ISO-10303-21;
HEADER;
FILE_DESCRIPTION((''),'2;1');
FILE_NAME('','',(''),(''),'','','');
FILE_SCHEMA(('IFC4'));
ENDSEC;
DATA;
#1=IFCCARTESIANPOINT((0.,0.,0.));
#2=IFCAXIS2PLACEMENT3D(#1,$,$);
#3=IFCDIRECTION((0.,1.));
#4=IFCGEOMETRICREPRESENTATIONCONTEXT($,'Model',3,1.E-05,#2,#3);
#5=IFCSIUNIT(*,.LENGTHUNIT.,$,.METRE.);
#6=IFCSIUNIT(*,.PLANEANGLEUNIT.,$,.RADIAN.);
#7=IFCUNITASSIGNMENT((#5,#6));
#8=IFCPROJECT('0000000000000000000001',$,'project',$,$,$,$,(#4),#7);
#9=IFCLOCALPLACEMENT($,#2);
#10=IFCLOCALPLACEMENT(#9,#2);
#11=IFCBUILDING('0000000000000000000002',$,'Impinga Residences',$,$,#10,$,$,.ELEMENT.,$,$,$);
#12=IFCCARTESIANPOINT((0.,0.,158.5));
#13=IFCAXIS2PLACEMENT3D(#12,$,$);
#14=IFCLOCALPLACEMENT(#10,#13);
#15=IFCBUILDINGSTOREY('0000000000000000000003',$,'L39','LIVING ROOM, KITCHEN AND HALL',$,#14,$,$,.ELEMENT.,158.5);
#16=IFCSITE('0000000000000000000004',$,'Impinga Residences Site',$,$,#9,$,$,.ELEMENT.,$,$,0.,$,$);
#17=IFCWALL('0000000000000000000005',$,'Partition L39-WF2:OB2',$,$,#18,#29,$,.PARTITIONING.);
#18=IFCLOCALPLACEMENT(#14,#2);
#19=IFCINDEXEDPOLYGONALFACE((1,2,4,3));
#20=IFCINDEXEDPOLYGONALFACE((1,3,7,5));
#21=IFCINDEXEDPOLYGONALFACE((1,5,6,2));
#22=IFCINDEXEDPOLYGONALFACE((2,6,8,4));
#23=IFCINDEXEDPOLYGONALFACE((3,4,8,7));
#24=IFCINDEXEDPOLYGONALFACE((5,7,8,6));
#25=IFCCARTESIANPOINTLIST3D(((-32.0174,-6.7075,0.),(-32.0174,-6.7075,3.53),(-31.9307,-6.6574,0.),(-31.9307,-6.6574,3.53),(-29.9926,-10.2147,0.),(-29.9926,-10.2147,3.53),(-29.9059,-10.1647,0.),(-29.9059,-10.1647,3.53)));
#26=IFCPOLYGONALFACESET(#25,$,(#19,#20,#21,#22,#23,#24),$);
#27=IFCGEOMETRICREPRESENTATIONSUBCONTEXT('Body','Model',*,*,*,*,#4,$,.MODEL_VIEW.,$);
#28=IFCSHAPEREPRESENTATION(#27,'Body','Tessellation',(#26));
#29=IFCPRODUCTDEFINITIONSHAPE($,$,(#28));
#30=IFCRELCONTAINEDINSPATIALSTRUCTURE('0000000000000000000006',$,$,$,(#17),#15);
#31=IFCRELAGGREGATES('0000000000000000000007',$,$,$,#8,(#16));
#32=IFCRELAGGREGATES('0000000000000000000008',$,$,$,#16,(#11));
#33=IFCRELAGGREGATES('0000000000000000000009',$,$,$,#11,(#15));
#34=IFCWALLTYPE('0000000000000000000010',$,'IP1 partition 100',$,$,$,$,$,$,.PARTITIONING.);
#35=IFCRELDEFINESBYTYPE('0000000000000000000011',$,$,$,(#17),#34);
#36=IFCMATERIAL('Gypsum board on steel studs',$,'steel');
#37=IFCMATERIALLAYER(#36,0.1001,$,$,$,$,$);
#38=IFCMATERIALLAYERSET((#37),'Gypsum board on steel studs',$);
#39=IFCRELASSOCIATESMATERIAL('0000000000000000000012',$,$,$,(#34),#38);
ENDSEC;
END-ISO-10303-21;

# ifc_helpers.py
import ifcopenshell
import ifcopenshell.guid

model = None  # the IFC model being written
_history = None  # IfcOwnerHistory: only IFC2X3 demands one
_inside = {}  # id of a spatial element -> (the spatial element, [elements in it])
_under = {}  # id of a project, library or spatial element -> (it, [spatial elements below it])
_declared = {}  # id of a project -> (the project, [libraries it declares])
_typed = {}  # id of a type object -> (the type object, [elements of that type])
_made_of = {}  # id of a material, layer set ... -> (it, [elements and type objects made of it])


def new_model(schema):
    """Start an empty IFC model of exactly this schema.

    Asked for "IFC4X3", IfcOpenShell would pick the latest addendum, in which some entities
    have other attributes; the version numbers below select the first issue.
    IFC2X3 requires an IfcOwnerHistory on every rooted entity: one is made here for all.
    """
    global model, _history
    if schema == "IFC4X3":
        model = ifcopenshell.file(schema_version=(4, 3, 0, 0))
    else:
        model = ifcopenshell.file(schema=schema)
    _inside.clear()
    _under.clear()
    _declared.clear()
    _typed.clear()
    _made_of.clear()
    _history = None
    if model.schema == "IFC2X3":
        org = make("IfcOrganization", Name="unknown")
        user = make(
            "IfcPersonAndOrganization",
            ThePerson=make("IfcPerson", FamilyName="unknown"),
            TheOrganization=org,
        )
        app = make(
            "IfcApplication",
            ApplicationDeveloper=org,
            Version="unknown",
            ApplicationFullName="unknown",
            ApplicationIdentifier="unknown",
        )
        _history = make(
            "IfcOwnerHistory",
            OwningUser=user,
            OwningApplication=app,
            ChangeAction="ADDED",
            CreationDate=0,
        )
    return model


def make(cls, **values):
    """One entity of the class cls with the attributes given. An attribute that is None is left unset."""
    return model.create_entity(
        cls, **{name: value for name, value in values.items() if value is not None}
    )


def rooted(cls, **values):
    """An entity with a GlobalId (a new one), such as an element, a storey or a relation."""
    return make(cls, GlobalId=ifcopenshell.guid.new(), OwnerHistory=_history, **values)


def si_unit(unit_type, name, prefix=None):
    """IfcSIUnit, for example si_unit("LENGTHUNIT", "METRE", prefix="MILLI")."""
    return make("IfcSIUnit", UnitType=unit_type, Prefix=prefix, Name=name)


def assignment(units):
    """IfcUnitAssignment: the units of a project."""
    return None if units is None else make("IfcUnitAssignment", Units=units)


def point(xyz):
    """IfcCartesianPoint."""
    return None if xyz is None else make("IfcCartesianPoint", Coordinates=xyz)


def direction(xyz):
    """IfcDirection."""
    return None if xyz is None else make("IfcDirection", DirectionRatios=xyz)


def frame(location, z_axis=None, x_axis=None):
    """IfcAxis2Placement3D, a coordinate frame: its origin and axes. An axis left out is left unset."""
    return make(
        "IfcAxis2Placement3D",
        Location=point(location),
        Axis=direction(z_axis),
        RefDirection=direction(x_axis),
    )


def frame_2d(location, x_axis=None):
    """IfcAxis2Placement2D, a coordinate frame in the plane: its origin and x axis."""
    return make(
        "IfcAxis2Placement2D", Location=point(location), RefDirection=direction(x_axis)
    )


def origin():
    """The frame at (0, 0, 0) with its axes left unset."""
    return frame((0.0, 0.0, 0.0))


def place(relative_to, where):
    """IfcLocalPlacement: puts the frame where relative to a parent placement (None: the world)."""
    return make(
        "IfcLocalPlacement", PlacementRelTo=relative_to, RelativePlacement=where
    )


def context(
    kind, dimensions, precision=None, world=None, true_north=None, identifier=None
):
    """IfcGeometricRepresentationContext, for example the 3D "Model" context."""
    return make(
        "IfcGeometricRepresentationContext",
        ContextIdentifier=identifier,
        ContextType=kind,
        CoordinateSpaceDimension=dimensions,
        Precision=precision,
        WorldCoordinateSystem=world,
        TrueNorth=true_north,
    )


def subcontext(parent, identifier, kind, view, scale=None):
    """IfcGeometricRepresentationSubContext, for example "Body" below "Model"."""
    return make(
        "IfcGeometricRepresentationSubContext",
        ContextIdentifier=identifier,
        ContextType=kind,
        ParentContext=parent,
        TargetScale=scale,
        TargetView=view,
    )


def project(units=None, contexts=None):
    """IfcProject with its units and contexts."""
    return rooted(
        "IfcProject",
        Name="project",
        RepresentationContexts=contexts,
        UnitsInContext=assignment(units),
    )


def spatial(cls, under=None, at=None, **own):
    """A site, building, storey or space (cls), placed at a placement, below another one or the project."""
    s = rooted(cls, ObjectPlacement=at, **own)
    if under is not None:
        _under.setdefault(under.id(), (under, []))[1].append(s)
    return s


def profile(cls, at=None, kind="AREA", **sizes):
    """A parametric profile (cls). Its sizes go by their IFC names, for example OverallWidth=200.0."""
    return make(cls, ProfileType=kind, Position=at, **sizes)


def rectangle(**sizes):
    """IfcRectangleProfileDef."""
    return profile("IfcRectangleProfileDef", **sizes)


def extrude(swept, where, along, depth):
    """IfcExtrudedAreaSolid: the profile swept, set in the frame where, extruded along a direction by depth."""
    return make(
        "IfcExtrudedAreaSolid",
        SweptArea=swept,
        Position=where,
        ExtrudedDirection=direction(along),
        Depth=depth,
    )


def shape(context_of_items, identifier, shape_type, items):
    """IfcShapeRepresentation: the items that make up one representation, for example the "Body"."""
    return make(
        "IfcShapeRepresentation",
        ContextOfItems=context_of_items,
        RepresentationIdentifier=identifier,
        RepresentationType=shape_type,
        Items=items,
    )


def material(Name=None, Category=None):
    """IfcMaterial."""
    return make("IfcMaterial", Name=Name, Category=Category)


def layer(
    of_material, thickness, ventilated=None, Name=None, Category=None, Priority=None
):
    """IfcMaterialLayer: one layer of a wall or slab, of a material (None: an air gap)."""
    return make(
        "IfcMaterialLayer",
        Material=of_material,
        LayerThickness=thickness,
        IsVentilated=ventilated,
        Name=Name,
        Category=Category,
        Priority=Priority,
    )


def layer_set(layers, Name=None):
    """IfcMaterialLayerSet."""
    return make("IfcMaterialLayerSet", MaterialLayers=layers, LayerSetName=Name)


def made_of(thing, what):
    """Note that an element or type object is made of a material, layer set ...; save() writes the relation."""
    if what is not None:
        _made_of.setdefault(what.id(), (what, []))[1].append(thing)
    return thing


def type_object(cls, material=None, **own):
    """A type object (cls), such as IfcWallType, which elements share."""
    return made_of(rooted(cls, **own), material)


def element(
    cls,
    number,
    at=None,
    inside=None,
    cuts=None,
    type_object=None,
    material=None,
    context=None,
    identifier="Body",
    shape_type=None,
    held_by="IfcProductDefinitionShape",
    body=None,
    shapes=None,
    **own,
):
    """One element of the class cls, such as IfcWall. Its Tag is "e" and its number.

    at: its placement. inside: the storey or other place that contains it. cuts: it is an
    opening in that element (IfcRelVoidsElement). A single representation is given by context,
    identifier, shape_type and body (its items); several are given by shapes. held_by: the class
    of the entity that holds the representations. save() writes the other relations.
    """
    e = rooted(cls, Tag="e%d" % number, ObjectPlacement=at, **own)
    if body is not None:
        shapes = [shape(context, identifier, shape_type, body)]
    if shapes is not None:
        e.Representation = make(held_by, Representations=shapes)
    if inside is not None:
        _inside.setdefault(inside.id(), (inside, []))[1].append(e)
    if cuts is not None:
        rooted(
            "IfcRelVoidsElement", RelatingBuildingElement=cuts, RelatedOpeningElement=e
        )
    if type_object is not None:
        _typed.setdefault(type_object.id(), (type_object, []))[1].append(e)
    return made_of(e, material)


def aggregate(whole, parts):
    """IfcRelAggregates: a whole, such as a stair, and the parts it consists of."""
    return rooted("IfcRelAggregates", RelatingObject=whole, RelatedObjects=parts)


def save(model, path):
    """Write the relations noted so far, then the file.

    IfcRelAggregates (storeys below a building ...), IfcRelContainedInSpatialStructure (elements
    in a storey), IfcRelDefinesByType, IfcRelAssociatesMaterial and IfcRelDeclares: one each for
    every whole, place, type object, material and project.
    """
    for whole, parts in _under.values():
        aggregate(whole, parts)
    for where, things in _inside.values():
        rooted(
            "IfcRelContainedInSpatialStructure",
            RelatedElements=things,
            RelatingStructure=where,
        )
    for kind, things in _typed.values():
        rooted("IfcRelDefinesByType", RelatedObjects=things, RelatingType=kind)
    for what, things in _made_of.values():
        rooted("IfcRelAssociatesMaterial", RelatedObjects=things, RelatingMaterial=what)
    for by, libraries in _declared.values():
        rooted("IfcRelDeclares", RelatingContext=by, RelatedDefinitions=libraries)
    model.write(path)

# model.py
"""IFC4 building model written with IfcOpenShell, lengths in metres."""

from ifc_helpers import new_model, si_unit, direction, frame, frame_2d, origin, place, context, subcontext, project, spatial, rectangle, extrude, material, layer, layer_set, type_object, element, save


model = new_model("IFC4")

# Units and contexts
model_context = context("Model", 3, precision=1e-05, world=origin(), true_north=direction((0.0, 1.0)))
body_context = subcontext(model_context, "Body", "Model", "MODEL_VIEW")
ifc_project = project(units=[si_unit("LENGTHUNIT", "METRE"), si_unit("PLANEANGLEUNIT", "RADIAN")], contexts=[model_context])

# Site, building, storey
site_placement = place(None, origin())
site = spatial("IfcSite", under=ifc_project, at=site_placement, Name="Impinga Residences Site", CompositionType="ELEMENT", RefElevation=0.0)
building_placement = place(site_placement, origin())
building = spatial("IfcBuilding", under=site, at=building_placement, Name="Impinga Residences", CompositionType="ELEMENT")
storey_placement = place(building_placement, frame((0.0, 0.0, 158.5)))
storey = spatial("IfcBuildingStorey", under=building, at=storey_placement, Name="L39", Description="LIVING ROOM, KITCHEN AND HALL", CompositionType="ELEMENT", Elevation=158.5)

# Wall
ifc_material_1 = material(Name="Gypsum board on steel studs", Category="steel")
ifc_layer_1 = layer(ifc_material_1, 0.1001)
ifc_layer_set_1 = layer_set([ifc_layer_1], Name="Gypsum board on steel studs")
wall_type_1 = type_object("IfcWallType", Name="IP1 partition 100", PredefinedType="PARTITIONING", material=ifc_layer_set_1)
wall_1_placement = place(storey_placement, frame((-29.9492, -10.1897, 0.0), z_axis=(0.0, 0.0, 1.0), x_axis=(-0.49999, 0.866031, 0.0)))
element("IfcWall", 1, at=wall_1_placement, inside=storey, type_object=wall_type_1, Name="Partition L39-WF2:OB2", PredefinedType="PARTITIONING", context=body_context, shape_type="SweptSolid", body=[
    extrude(rectangle(XDim=4.0498, YDim=0.1001, at=frame_2d((2.0249, 0.0))), origin(), (0.0, 0.0, 1.0), 3.53),
])

save(model, "model.ifc")
